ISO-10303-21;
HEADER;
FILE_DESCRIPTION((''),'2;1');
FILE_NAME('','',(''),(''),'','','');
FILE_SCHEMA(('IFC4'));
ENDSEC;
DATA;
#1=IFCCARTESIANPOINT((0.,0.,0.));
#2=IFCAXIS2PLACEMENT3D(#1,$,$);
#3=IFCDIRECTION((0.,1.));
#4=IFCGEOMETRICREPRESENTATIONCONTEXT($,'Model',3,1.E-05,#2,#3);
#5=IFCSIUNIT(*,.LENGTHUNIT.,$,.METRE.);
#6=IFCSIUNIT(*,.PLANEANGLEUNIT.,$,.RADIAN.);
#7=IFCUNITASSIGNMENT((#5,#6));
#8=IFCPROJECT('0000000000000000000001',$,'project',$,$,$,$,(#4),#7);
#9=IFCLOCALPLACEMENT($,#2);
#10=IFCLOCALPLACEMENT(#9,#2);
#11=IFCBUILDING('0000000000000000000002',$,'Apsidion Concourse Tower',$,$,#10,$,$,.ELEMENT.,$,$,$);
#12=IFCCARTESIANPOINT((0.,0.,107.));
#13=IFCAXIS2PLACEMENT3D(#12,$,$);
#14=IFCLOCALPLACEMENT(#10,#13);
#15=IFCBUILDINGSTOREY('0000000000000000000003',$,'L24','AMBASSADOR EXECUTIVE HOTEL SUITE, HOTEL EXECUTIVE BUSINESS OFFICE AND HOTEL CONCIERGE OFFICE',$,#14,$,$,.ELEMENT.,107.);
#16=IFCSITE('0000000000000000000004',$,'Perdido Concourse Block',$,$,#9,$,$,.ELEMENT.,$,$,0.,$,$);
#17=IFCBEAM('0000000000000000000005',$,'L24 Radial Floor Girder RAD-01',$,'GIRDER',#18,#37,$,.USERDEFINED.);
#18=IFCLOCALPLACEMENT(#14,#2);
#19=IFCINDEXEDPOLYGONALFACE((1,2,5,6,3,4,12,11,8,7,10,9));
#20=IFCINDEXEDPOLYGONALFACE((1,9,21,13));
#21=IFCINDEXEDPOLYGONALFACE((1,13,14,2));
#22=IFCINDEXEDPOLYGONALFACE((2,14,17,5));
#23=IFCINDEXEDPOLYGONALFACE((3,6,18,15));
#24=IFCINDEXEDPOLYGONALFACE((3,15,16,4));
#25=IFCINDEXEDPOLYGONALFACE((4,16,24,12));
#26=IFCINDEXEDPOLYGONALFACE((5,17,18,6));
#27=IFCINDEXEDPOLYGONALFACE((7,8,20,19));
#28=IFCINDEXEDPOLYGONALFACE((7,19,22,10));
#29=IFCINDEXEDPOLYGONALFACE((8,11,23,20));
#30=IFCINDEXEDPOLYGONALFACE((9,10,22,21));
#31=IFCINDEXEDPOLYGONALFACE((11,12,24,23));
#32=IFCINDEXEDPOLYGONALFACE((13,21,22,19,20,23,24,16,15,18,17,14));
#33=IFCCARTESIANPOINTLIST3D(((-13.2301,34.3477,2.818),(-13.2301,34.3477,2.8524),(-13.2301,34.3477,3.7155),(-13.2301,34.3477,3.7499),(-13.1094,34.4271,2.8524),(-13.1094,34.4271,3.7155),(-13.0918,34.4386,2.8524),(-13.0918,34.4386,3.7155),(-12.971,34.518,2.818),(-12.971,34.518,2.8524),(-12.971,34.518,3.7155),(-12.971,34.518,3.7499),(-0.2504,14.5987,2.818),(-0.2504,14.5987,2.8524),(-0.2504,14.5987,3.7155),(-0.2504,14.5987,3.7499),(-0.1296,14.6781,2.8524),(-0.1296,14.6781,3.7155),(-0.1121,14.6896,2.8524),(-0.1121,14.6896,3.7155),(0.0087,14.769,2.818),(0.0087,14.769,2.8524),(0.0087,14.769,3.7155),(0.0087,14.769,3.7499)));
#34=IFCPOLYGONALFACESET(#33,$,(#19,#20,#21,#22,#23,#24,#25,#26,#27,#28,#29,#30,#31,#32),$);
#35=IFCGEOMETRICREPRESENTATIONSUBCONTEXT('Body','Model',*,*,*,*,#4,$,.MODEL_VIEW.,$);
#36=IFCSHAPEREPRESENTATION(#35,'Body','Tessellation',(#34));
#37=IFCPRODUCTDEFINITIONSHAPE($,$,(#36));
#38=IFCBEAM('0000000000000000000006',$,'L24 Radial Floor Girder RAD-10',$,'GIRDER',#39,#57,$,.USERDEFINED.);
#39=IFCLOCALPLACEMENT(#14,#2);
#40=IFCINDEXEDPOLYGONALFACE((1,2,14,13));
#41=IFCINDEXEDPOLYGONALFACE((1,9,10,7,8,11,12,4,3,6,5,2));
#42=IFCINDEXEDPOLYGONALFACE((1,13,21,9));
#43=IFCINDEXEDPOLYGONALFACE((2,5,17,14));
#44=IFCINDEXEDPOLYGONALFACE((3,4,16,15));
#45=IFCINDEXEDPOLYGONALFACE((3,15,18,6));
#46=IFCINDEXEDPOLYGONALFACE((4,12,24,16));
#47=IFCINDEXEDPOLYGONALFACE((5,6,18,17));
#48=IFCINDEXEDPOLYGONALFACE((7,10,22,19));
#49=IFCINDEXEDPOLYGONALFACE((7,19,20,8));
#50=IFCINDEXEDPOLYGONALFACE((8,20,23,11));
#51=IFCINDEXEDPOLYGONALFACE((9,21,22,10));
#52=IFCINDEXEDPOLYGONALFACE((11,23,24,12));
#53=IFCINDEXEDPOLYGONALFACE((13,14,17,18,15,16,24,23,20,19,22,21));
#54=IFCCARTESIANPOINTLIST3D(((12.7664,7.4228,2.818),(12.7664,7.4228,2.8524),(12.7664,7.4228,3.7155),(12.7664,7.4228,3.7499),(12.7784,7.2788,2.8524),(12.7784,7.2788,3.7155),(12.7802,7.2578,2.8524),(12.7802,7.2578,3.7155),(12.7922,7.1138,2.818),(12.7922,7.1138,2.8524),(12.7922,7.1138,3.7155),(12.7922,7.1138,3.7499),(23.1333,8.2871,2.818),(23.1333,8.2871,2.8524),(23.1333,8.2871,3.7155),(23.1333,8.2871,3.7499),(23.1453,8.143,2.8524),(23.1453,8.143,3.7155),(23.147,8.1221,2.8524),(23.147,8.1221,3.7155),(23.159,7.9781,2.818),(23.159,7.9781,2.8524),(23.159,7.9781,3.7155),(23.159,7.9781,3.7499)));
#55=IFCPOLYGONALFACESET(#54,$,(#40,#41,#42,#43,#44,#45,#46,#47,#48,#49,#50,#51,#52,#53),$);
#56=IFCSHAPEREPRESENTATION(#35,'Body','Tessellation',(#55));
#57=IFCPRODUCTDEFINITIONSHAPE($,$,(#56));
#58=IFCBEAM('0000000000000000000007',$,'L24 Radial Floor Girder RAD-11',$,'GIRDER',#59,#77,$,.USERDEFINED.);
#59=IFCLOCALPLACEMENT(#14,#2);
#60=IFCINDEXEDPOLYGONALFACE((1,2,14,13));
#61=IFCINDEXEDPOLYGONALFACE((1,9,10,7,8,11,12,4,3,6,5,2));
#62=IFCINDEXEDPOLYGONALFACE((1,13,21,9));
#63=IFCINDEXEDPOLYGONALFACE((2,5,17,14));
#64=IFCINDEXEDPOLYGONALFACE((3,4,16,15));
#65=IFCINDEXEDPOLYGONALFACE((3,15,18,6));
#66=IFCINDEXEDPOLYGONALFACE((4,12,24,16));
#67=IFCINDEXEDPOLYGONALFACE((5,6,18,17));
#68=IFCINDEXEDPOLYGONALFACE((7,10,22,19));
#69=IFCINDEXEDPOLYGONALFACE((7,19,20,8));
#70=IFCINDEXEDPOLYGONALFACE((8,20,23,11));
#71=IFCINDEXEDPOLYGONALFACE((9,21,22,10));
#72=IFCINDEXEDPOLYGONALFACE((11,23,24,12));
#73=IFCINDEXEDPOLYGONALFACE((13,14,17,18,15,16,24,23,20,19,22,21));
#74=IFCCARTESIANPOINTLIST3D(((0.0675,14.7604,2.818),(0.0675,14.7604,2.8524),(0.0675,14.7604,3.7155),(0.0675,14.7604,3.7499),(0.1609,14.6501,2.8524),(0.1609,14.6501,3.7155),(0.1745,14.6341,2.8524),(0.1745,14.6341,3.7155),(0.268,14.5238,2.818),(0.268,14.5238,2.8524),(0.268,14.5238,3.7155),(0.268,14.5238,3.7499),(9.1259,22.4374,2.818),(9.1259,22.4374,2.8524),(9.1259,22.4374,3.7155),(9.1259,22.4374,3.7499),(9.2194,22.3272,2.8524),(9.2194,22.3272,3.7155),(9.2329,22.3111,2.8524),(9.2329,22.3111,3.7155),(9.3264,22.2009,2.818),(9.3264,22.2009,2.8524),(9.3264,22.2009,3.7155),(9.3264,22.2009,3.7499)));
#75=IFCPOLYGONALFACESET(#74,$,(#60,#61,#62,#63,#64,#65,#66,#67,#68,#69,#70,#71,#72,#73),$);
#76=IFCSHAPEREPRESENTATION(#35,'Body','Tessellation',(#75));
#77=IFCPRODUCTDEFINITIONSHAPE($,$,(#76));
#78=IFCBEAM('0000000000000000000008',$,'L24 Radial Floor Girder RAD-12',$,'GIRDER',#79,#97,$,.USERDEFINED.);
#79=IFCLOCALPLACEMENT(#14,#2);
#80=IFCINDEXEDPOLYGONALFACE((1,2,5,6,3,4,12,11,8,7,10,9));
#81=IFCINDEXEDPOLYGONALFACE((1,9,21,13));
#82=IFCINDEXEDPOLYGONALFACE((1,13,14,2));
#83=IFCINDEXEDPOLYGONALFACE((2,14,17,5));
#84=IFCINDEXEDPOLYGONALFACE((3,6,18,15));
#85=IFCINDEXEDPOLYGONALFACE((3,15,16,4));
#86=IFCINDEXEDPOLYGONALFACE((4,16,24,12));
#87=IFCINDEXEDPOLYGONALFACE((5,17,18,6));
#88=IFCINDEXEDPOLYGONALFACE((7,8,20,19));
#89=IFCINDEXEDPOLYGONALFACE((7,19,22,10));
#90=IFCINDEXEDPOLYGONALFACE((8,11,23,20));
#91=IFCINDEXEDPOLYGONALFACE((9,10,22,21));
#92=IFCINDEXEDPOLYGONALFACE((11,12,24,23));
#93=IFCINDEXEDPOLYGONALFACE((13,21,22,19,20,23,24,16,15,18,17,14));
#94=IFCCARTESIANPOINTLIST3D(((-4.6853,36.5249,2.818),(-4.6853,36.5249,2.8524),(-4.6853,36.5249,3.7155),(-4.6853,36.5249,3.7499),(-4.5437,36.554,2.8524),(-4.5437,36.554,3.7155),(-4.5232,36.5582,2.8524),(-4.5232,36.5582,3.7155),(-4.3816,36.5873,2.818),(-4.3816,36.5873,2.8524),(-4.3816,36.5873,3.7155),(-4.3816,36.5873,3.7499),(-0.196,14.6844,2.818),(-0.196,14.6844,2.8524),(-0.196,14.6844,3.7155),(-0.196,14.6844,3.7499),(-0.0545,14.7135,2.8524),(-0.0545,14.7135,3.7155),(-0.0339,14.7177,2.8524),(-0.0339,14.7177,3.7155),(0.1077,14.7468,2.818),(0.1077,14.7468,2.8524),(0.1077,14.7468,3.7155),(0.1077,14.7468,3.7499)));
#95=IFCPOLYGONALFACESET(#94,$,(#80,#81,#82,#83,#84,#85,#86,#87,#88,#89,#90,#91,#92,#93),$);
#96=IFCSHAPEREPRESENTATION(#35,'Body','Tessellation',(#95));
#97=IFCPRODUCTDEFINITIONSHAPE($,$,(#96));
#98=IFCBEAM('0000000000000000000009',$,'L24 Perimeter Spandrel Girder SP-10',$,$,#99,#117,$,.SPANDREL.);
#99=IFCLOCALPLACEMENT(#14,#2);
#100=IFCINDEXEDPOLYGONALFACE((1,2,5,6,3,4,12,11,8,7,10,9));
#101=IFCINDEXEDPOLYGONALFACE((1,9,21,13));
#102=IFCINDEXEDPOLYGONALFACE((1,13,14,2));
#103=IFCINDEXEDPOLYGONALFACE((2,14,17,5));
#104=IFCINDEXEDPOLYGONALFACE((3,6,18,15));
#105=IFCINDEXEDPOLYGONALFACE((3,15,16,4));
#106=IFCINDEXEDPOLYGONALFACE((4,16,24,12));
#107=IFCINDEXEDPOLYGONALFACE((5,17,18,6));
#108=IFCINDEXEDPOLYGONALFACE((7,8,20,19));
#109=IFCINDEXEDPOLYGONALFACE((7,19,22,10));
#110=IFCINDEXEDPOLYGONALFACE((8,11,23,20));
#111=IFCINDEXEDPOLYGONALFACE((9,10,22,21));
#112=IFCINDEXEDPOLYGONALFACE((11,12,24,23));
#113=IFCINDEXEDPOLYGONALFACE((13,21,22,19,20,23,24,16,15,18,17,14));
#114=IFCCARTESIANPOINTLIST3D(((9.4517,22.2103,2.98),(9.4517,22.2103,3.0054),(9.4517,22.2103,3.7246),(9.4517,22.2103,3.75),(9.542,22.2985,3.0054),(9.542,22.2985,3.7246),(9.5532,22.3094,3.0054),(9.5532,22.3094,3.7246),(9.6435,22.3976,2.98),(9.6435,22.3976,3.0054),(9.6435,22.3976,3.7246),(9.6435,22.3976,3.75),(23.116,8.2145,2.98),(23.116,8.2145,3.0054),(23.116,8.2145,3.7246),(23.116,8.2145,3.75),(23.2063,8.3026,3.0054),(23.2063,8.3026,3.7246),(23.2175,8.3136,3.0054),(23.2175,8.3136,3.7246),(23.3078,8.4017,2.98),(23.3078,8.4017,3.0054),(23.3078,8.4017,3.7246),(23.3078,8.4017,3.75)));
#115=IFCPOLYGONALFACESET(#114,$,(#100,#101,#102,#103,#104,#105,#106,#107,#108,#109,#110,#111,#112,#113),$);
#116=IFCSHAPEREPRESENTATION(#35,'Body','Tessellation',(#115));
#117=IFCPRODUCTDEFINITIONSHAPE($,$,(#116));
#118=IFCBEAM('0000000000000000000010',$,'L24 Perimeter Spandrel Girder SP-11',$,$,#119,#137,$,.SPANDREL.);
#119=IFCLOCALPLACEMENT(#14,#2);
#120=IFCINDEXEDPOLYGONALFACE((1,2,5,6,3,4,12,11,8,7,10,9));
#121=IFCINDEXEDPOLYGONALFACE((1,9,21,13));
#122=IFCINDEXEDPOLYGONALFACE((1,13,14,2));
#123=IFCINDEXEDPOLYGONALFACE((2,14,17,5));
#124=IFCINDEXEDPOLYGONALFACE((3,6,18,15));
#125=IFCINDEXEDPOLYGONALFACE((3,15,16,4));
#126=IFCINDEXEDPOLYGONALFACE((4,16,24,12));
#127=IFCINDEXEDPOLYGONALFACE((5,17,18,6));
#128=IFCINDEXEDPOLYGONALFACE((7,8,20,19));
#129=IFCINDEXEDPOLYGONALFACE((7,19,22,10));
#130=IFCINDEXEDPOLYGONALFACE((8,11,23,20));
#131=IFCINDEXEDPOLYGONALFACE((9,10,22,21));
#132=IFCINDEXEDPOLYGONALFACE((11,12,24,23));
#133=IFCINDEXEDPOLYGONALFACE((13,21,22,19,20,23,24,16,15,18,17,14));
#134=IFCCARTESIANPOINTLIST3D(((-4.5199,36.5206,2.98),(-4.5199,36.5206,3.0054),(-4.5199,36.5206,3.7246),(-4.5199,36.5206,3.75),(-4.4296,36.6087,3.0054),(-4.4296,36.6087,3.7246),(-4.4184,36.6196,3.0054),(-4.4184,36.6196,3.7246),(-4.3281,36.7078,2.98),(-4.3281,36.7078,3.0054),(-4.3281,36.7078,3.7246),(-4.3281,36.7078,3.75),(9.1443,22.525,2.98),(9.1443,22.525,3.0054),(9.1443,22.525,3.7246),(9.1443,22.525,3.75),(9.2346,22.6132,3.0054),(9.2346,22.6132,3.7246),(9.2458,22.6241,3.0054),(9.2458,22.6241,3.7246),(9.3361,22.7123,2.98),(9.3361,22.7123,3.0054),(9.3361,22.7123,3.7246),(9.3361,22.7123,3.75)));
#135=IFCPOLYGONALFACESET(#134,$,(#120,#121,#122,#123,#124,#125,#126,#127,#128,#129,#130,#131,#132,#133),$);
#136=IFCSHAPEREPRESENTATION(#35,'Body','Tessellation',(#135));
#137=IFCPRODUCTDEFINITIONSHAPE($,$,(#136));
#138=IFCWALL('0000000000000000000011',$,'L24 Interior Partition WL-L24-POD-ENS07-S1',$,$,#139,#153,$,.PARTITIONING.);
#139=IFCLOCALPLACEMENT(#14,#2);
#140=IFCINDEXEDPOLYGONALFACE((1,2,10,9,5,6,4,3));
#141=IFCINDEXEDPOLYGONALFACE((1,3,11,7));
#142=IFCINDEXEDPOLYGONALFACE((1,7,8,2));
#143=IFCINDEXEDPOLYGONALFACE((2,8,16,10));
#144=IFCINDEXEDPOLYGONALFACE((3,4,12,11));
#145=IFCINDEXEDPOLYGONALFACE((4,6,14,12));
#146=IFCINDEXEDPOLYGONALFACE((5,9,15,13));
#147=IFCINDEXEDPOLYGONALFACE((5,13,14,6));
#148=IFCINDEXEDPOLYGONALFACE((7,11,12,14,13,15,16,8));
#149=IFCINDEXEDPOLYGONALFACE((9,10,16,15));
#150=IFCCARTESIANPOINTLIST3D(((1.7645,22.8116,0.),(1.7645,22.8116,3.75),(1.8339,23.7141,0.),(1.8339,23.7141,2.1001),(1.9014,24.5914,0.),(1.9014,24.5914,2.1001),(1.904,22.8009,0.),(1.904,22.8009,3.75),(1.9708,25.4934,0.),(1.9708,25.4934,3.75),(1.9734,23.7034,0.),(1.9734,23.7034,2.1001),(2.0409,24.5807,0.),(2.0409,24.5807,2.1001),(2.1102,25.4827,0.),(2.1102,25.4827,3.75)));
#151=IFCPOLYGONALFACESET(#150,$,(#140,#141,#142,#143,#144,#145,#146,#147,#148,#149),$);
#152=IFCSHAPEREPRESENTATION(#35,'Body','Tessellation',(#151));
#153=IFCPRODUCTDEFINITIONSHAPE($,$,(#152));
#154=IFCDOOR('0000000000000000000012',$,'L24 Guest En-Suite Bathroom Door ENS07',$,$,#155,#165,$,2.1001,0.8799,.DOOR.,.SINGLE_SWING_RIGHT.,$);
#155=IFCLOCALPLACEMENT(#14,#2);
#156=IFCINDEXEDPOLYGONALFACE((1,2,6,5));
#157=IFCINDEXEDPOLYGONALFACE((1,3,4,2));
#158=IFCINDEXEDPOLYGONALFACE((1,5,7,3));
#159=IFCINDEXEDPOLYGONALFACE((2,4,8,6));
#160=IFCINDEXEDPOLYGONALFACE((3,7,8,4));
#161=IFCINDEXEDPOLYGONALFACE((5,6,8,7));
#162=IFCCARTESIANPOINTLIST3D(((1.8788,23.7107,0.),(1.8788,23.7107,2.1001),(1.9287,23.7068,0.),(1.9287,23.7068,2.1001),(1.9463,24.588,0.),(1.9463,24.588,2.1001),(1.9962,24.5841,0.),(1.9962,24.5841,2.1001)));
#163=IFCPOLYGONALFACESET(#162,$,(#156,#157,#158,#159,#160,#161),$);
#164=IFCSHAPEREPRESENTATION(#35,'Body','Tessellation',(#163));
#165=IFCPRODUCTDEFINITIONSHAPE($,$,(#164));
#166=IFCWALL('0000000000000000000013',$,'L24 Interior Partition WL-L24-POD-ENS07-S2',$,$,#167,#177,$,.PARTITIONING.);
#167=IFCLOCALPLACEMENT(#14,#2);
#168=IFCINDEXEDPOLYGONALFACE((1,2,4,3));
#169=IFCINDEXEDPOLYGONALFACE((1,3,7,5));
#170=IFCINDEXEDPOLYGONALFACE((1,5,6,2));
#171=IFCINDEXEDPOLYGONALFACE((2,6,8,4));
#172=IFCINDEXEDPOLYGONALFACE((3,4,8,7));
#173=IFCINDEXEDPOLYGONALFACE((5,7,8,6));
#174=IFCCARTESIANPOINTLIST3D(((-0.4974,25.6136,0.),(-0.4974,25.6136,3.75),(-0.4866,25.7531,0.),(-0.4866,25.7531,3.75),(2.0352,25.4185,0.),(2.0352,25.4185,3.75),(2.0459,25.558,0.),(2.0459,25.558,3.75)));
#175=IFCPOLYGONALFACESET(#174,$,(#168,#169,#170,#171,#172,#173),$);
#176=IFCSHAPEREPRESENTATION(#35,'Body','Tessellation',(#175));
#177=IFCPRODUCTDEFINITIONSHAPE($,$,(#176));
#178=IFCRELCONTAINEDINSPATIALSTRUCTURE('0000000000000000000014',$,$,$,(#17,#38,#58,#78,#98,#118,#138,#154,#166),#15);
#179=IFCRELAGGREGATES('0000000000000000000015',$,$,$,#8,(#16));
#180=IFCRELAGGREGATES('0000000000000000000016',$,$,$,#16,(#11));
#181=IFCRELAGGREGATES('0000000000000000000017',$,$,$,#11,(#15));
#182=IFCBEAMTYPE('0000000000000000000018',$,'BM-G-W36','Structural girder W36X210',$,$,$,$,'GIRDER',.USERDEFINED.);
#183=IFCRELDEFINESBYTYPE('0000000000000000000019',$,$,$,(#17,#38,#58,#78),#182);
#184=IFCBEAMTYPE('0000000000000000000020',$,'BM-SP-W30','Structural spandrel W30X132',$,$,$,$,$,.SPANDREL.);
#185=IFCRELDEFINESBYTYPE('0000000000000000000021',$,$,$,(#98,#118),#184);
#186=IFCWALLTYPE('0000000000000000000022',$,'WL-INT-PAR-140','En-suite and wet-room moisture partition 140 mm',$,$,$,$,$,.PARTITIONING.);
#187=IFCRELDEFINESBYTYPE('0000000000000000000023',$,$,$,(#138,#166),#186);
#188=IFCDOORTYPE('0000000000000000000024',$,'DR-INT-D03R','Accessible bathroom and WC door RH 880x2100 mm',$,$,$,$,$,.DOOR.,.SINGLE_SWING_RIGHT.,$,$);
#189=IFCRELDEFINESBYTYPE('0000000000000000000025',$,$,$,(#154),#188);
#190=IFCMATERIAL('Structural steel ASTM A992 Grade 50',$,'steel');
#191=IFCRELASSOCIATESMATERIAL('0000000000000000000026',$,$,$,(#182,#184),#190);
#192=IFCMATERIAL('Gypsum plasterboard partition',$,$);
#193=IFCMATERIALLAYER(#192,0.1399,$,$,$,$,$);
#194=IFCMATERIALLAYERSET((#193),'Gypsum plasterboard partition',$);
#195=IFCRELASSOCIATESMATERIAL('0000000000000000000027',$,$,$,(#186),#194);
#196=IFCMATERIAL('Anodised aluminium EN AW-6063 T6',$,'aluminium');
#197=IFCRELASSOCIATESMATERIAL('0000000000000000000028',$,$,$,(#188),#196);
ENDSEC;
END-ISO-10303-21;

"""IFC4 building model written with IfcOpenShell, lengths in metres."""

from ifc_helpers import new_model, si_unit, direction, frame, frame_2d, origin, origin_2d, place, context, subcontext, project, spatial, rectangle, i_section, extrude, material, layer, layer_set, material_profile, profile_set, type_object, element, fill, save


model = new_model("IFC4")

# Units and contexts
model_context = context("Model", 3, precision=1e-05, world=origin(), true_north=direction((0.0, 1.0)))
body_context = subcontext(model_context, "Body", "Model", "MODEL_VIEW")
ifc_project = project(units=[si_unit("LENGTHUNIT", "METRE"), si_unit("PLANEANGLEUNIT", "RADIAN")], contexts=[model_context])

# Site, building, storey
site_placement = place(None, origin())
site = spatial("IfcSite", under=ifc_project, at=site_placement, Name="Perdido Concourse Block", CompositionType="ELEMENT", RefElevation=0.0)
building_placement = place(site_placement, origin())
building = spatial("IfcBuilding", under=site, at=building_placement, Name="Apsidion Concourse Tower", CompositionType="ELEMENT")
storey_placement = place(building_placement, frame((0.0, 0.0, 107.0)))
storey = spatial("IfcBuildingStorey", under=building, at=storey_placement, Name="L24", Description="AMBASSADOR EXECUTIVE HOTEL SUITE, HOTEL EXECUTIVE BUSINESS OFFICE AND HOTEL CONCIERGE OFFICE", CompositionType="ELEMENT", Elevation=107.0)

# Beams
ifc_material_1 = material(Name="Structural steel ASTM A992 Grade 50", Category="steel")
ifc_material_profile_1 = material_profile(ifc_material_1, i_section(OverallWidth=0.3101, OverallDepth=0.9319, WebThickness=0.021, FlangeThickness=0.0344, at=origin_2d()), Name="W36X210")
ifc_profile_set_1 = profile_set([ifc_material_profile_1], Name="Structural steel ASTM A992 Grade 50")
beam_type_1 = type_object("IfcBeamType", Name="BM-G-W36", Description="Structural girder W36X210", ElementType="GIRDER", PredefinedType="USERDEFINED", material=ifc_profile_set_1)
beam_1_placement = place(storey_placement, frame((-0.1208, 14.6838, 3.2839), z_axis=(-0.549231, 0.83567, 0.0), x_axis=(-0.83567, -0.549231, 0.0)))
element("IfcBeam", 1, at=beam_1_placement, inside=storey, type_object=beam_type_1, Name="L24 Radial Floor Girder RAD-01", ObjectType="GIRDER", PredefinedType="USERDEFINED", context=body_context, shape_type="SweptSolid", body=[
    extrude(i_section(OverallWidth=0.3101, OverallDepth=0.9319, WebThickness=0.021, FlangeThickness=0.0344, at=origin_2d()), origin(), (0.0, 0.0, 1.0), 23.6326),
])
beam_2_placement = place(storey_placement, frame((12.7793, 7.2683, 3.2839), z_axis=(0.996543, 0.083078, 0.0), x_axis=(-0.083078, 0.996543, 0.0)))
element("IfcBeam", 2, at=beam_2_placement, inside=storey, type_object=beam_type_1, Name="L24 Radial Floor Girder RAD-10", ObjectType="GIRDER", PredefinedType="USERDEFINED", context=body_context, shape_type="SweptSolid", body=[
    extrude(i_section(OverallWidth=0.3101, OverallDepth=0.9319, WebThickness=0.021, FlangeThickness=0.0344, at=origin_2d()), origin(), (0.0, 0.0, 1.0), 10.4028),
])
beam_3_placement = place(storey_placement, frame((0.1677, 14.6421, 3.2839), z_axis=(0.762878, 0.646543, 0.0), x_axis=(-0.646543, 0.762878, 0.0)))
element("IfcBeam", 3, at=beam_3_placement, inside=storey, type_object=beam_type_1, Name="L24 Radial Floor Girder RAD-11", ObjectType="GIRDER", PredefinedType="USERDEFINED", context=body_context, shape_type="SweptSolid", body=[
    extrude(i_section(OverallWidth=0.3101, OverallDepth=0.9319, WebThickness=0.021, FlangeThickness=0.0344, at=origin_2d()), origin(), (0.0, 0.0, 1.0), 11.874),
])
beam_4_placement = place(storey_placement, frame((-0.0442, 14.7156, 3.2839), z_axis=(-0.201337, 0.979522, 0.0), x_axis=(-0.979522, -0.201337, 0.0)))
element("IfcBeam", 4, at=beam_4_placement, inside=storey, type_object=beam_type_1, Name="L24 Radial Floor Girder RAD-12", ObjectType="GIRDER", PredefinedType="USERDEFINED", context=body_context, shape_type="SweptSolid", body=[
    extrude(i_section(OverallWidth=0.3101, OverallDepth=0.9319, WebThickness=0.021, FlangeThickness=0.0344, at=origin_2d()), origin(), (0.0, 0.0, 1.0), 22.2971),
])
ifc_material_profile_2 = material_profile(ifc_material_1, i_section(OverallWidth=0.2681, OverallDepth=0.77, WebThickness=0.0156, FlangeThickness=0.0254, at=origin_2d()), Name="W30X132")
ifc_profile_set_2 = profile_set([ifc_material_profile_2], Name="Structural steel ASTM A992 Grade 50")
beam_type_2 = type_object("IfcBeamType", Name="BM-SP-W30", Description="Structural spandrel W30X132", PredefinedType="SPANDREL", material=ifc_profile_set_2)
beam_5_placement = place(storey_placement, frame((23.2119, 8.3081, 3.365), z_axis=(-0.698581, 0.715531, 0.0), x_axis=(-0.715531, -0.698581, 0.0)))
element("IfcBeam", 5, at=beam_5_placement, inside=storey, type_object=beam_type_2, Name="L24 Perimeter Spandrel Girder SP-10", PredefinedType="SPANDREL", context=body_context, shape_type="SweptSolid", body=[
    extrude(i_section(OverallWidth=0.2681, OverallDepth=0.77, WebThickness=0.0156, FlangeThickness=0.0254, at=origin_2d()), origin(), (0.0, 0.0, 1.0), 19.5601),
])
beam_6_placement = place(storey_placement, frame((9.2402, 22.6187, 3.365), z_axis=(-0.698587, 0.715525, 0.0), x_axis=(-0.715525, -0.698587, 0.0)))
element("IfcBeam", 6, at=beam_6_placement, inside=storey, type_object=beam_type_2, Name="L24 Perimeter Spandrel Girder SP-11", PredefinedType="SPANDREL", context=body_context, shape_type="SweptSolid", body=[
    extrude(i_section(OverallWidth=0.2681, OverallDepth=0.77, WebThickness=0.0156, FlangeThickness=0.0254, at=origin_2d()), origin(), (0.0, 0.0, 1.0), 19.5598),
])

# Wall, opening, door
ifc_material_2 = material(Name="Gypsum plasterboard partition")
ifc_layer_1 = layer(ifc_material_2, 0.1399)
ifc_layer_set_1 = layer_set([ifc_layer_1], Name="Gypsum plasterboard partition")
wall_type_1 = type_object("IfcWallType", Name="WL-INT-PAR-140", Description="En-suite and wet-room moisture partition 140 mm", PredefinedType="PARTITIONING", material=ifc_layer_set_1)
wall_1_placement = place(storey_placement, frame((1.8342, 22.8064, 0.0), z_axis=(0.0, 0.0, 1.0), x_axis=(0.076696, 0.997054, 0.0)))
wall_1 = element("IfcWall", 7, at=wall_1_placement, inside=storey, type_object=wall_type_1, Name="L24 Interior Partition WL-L24-POD-ENS07-S1", PredefinedType="PARTITIONING", context=body_context, shape_type="SweptSolid", body=[
    extrude(rectangle(XDim=2.6897, YDim=0.1399, at=frame_2d((1.3447, 0.0))), origin(), (0.0, 0.0, 1.0), 3.75),
])
opening_1_placement = place(wall_1_placement, frame((0.905, 0.0, 0.0)))
opening_1 = element("IfcOpeningElement", 8, at=opening_1_placement, cuts=wall_1, PredefinedType="OPENING", context=body_context, shape_type="SweptSolid", body=[
    extrude(rectangle(XDim=0.8799, YDim=2.1001, at=frame_2d((0.4399, 1.05))), frame((0.0, 0.0801, 0.0), z_axis=(0.0, -1.0, 0.0), x_axis=(1.0, 0.0, 0.0)), (0.0, 0.0, 1.0), 0.1599),
])
ifc_material_3 = material(Name="Anodised aluminium EN AW-6063 T6", Category="aluminium")
door_type_1 = type_object("IfcDoorType", Name="DR-INT-D03R", Description="Accessible bathroom and WC door RH 880x2100 mm", OperationType="SINGLE_SWING_RIGHT", PredefinedType="DOOR", material=ifc_material_3)
door_1_placement = place(opening_1_placement, origin())
door_1 = element("IfcDoor", 9, at=door_1_placement, inside=storey, type_object=door_type_1, Name="L24 Guest En-Suite Bathroom Door ENS07", OperationType="SINGLE_SWING_RIGHT", OverallHeight=2.1001, OverallWidth=0.8799, PredefinedType="DOOR", context=body_context, shape_type="SweptSolid", body=[
    extrude(rectangle(XDim=0.8799, YDim=2.1001, at=frame_2d((0.4399, 1.05))), frame((0.0, 0.0249, 0.0), z_axis=(0.0, -1.0, 0.0), x_axis=(1.0, 0.0, 0.0)), (0.0, 0.0, 1.0), 0.05),
])
fill(opening_1, door_1)

# Wall
wall_2_placement = place(storey_placement, frame((2.0405, 25.4883, 0.0), z_axis=(0.0, 0.0, 1.0), x_axis=(-0.997047, 0.076799, 0.0)))
element("IfcWall", 10, at=wall_2_placement, inside=storey, type_object=wall_type_1, Name="L24 Interior Partition WL-L24-POD-ENS07-S2", PredefinedType="PARTITIONING", context=body_context, shape_type="SweptSolid", body=[
    extrude(rectangle(XDim=2.54, YDim=0.1399, at=frame_2d((1.27, 0.0))), origin(), (0.0, 0.0, 1.0), 3.75),
])

save(model, "model.ifc")
